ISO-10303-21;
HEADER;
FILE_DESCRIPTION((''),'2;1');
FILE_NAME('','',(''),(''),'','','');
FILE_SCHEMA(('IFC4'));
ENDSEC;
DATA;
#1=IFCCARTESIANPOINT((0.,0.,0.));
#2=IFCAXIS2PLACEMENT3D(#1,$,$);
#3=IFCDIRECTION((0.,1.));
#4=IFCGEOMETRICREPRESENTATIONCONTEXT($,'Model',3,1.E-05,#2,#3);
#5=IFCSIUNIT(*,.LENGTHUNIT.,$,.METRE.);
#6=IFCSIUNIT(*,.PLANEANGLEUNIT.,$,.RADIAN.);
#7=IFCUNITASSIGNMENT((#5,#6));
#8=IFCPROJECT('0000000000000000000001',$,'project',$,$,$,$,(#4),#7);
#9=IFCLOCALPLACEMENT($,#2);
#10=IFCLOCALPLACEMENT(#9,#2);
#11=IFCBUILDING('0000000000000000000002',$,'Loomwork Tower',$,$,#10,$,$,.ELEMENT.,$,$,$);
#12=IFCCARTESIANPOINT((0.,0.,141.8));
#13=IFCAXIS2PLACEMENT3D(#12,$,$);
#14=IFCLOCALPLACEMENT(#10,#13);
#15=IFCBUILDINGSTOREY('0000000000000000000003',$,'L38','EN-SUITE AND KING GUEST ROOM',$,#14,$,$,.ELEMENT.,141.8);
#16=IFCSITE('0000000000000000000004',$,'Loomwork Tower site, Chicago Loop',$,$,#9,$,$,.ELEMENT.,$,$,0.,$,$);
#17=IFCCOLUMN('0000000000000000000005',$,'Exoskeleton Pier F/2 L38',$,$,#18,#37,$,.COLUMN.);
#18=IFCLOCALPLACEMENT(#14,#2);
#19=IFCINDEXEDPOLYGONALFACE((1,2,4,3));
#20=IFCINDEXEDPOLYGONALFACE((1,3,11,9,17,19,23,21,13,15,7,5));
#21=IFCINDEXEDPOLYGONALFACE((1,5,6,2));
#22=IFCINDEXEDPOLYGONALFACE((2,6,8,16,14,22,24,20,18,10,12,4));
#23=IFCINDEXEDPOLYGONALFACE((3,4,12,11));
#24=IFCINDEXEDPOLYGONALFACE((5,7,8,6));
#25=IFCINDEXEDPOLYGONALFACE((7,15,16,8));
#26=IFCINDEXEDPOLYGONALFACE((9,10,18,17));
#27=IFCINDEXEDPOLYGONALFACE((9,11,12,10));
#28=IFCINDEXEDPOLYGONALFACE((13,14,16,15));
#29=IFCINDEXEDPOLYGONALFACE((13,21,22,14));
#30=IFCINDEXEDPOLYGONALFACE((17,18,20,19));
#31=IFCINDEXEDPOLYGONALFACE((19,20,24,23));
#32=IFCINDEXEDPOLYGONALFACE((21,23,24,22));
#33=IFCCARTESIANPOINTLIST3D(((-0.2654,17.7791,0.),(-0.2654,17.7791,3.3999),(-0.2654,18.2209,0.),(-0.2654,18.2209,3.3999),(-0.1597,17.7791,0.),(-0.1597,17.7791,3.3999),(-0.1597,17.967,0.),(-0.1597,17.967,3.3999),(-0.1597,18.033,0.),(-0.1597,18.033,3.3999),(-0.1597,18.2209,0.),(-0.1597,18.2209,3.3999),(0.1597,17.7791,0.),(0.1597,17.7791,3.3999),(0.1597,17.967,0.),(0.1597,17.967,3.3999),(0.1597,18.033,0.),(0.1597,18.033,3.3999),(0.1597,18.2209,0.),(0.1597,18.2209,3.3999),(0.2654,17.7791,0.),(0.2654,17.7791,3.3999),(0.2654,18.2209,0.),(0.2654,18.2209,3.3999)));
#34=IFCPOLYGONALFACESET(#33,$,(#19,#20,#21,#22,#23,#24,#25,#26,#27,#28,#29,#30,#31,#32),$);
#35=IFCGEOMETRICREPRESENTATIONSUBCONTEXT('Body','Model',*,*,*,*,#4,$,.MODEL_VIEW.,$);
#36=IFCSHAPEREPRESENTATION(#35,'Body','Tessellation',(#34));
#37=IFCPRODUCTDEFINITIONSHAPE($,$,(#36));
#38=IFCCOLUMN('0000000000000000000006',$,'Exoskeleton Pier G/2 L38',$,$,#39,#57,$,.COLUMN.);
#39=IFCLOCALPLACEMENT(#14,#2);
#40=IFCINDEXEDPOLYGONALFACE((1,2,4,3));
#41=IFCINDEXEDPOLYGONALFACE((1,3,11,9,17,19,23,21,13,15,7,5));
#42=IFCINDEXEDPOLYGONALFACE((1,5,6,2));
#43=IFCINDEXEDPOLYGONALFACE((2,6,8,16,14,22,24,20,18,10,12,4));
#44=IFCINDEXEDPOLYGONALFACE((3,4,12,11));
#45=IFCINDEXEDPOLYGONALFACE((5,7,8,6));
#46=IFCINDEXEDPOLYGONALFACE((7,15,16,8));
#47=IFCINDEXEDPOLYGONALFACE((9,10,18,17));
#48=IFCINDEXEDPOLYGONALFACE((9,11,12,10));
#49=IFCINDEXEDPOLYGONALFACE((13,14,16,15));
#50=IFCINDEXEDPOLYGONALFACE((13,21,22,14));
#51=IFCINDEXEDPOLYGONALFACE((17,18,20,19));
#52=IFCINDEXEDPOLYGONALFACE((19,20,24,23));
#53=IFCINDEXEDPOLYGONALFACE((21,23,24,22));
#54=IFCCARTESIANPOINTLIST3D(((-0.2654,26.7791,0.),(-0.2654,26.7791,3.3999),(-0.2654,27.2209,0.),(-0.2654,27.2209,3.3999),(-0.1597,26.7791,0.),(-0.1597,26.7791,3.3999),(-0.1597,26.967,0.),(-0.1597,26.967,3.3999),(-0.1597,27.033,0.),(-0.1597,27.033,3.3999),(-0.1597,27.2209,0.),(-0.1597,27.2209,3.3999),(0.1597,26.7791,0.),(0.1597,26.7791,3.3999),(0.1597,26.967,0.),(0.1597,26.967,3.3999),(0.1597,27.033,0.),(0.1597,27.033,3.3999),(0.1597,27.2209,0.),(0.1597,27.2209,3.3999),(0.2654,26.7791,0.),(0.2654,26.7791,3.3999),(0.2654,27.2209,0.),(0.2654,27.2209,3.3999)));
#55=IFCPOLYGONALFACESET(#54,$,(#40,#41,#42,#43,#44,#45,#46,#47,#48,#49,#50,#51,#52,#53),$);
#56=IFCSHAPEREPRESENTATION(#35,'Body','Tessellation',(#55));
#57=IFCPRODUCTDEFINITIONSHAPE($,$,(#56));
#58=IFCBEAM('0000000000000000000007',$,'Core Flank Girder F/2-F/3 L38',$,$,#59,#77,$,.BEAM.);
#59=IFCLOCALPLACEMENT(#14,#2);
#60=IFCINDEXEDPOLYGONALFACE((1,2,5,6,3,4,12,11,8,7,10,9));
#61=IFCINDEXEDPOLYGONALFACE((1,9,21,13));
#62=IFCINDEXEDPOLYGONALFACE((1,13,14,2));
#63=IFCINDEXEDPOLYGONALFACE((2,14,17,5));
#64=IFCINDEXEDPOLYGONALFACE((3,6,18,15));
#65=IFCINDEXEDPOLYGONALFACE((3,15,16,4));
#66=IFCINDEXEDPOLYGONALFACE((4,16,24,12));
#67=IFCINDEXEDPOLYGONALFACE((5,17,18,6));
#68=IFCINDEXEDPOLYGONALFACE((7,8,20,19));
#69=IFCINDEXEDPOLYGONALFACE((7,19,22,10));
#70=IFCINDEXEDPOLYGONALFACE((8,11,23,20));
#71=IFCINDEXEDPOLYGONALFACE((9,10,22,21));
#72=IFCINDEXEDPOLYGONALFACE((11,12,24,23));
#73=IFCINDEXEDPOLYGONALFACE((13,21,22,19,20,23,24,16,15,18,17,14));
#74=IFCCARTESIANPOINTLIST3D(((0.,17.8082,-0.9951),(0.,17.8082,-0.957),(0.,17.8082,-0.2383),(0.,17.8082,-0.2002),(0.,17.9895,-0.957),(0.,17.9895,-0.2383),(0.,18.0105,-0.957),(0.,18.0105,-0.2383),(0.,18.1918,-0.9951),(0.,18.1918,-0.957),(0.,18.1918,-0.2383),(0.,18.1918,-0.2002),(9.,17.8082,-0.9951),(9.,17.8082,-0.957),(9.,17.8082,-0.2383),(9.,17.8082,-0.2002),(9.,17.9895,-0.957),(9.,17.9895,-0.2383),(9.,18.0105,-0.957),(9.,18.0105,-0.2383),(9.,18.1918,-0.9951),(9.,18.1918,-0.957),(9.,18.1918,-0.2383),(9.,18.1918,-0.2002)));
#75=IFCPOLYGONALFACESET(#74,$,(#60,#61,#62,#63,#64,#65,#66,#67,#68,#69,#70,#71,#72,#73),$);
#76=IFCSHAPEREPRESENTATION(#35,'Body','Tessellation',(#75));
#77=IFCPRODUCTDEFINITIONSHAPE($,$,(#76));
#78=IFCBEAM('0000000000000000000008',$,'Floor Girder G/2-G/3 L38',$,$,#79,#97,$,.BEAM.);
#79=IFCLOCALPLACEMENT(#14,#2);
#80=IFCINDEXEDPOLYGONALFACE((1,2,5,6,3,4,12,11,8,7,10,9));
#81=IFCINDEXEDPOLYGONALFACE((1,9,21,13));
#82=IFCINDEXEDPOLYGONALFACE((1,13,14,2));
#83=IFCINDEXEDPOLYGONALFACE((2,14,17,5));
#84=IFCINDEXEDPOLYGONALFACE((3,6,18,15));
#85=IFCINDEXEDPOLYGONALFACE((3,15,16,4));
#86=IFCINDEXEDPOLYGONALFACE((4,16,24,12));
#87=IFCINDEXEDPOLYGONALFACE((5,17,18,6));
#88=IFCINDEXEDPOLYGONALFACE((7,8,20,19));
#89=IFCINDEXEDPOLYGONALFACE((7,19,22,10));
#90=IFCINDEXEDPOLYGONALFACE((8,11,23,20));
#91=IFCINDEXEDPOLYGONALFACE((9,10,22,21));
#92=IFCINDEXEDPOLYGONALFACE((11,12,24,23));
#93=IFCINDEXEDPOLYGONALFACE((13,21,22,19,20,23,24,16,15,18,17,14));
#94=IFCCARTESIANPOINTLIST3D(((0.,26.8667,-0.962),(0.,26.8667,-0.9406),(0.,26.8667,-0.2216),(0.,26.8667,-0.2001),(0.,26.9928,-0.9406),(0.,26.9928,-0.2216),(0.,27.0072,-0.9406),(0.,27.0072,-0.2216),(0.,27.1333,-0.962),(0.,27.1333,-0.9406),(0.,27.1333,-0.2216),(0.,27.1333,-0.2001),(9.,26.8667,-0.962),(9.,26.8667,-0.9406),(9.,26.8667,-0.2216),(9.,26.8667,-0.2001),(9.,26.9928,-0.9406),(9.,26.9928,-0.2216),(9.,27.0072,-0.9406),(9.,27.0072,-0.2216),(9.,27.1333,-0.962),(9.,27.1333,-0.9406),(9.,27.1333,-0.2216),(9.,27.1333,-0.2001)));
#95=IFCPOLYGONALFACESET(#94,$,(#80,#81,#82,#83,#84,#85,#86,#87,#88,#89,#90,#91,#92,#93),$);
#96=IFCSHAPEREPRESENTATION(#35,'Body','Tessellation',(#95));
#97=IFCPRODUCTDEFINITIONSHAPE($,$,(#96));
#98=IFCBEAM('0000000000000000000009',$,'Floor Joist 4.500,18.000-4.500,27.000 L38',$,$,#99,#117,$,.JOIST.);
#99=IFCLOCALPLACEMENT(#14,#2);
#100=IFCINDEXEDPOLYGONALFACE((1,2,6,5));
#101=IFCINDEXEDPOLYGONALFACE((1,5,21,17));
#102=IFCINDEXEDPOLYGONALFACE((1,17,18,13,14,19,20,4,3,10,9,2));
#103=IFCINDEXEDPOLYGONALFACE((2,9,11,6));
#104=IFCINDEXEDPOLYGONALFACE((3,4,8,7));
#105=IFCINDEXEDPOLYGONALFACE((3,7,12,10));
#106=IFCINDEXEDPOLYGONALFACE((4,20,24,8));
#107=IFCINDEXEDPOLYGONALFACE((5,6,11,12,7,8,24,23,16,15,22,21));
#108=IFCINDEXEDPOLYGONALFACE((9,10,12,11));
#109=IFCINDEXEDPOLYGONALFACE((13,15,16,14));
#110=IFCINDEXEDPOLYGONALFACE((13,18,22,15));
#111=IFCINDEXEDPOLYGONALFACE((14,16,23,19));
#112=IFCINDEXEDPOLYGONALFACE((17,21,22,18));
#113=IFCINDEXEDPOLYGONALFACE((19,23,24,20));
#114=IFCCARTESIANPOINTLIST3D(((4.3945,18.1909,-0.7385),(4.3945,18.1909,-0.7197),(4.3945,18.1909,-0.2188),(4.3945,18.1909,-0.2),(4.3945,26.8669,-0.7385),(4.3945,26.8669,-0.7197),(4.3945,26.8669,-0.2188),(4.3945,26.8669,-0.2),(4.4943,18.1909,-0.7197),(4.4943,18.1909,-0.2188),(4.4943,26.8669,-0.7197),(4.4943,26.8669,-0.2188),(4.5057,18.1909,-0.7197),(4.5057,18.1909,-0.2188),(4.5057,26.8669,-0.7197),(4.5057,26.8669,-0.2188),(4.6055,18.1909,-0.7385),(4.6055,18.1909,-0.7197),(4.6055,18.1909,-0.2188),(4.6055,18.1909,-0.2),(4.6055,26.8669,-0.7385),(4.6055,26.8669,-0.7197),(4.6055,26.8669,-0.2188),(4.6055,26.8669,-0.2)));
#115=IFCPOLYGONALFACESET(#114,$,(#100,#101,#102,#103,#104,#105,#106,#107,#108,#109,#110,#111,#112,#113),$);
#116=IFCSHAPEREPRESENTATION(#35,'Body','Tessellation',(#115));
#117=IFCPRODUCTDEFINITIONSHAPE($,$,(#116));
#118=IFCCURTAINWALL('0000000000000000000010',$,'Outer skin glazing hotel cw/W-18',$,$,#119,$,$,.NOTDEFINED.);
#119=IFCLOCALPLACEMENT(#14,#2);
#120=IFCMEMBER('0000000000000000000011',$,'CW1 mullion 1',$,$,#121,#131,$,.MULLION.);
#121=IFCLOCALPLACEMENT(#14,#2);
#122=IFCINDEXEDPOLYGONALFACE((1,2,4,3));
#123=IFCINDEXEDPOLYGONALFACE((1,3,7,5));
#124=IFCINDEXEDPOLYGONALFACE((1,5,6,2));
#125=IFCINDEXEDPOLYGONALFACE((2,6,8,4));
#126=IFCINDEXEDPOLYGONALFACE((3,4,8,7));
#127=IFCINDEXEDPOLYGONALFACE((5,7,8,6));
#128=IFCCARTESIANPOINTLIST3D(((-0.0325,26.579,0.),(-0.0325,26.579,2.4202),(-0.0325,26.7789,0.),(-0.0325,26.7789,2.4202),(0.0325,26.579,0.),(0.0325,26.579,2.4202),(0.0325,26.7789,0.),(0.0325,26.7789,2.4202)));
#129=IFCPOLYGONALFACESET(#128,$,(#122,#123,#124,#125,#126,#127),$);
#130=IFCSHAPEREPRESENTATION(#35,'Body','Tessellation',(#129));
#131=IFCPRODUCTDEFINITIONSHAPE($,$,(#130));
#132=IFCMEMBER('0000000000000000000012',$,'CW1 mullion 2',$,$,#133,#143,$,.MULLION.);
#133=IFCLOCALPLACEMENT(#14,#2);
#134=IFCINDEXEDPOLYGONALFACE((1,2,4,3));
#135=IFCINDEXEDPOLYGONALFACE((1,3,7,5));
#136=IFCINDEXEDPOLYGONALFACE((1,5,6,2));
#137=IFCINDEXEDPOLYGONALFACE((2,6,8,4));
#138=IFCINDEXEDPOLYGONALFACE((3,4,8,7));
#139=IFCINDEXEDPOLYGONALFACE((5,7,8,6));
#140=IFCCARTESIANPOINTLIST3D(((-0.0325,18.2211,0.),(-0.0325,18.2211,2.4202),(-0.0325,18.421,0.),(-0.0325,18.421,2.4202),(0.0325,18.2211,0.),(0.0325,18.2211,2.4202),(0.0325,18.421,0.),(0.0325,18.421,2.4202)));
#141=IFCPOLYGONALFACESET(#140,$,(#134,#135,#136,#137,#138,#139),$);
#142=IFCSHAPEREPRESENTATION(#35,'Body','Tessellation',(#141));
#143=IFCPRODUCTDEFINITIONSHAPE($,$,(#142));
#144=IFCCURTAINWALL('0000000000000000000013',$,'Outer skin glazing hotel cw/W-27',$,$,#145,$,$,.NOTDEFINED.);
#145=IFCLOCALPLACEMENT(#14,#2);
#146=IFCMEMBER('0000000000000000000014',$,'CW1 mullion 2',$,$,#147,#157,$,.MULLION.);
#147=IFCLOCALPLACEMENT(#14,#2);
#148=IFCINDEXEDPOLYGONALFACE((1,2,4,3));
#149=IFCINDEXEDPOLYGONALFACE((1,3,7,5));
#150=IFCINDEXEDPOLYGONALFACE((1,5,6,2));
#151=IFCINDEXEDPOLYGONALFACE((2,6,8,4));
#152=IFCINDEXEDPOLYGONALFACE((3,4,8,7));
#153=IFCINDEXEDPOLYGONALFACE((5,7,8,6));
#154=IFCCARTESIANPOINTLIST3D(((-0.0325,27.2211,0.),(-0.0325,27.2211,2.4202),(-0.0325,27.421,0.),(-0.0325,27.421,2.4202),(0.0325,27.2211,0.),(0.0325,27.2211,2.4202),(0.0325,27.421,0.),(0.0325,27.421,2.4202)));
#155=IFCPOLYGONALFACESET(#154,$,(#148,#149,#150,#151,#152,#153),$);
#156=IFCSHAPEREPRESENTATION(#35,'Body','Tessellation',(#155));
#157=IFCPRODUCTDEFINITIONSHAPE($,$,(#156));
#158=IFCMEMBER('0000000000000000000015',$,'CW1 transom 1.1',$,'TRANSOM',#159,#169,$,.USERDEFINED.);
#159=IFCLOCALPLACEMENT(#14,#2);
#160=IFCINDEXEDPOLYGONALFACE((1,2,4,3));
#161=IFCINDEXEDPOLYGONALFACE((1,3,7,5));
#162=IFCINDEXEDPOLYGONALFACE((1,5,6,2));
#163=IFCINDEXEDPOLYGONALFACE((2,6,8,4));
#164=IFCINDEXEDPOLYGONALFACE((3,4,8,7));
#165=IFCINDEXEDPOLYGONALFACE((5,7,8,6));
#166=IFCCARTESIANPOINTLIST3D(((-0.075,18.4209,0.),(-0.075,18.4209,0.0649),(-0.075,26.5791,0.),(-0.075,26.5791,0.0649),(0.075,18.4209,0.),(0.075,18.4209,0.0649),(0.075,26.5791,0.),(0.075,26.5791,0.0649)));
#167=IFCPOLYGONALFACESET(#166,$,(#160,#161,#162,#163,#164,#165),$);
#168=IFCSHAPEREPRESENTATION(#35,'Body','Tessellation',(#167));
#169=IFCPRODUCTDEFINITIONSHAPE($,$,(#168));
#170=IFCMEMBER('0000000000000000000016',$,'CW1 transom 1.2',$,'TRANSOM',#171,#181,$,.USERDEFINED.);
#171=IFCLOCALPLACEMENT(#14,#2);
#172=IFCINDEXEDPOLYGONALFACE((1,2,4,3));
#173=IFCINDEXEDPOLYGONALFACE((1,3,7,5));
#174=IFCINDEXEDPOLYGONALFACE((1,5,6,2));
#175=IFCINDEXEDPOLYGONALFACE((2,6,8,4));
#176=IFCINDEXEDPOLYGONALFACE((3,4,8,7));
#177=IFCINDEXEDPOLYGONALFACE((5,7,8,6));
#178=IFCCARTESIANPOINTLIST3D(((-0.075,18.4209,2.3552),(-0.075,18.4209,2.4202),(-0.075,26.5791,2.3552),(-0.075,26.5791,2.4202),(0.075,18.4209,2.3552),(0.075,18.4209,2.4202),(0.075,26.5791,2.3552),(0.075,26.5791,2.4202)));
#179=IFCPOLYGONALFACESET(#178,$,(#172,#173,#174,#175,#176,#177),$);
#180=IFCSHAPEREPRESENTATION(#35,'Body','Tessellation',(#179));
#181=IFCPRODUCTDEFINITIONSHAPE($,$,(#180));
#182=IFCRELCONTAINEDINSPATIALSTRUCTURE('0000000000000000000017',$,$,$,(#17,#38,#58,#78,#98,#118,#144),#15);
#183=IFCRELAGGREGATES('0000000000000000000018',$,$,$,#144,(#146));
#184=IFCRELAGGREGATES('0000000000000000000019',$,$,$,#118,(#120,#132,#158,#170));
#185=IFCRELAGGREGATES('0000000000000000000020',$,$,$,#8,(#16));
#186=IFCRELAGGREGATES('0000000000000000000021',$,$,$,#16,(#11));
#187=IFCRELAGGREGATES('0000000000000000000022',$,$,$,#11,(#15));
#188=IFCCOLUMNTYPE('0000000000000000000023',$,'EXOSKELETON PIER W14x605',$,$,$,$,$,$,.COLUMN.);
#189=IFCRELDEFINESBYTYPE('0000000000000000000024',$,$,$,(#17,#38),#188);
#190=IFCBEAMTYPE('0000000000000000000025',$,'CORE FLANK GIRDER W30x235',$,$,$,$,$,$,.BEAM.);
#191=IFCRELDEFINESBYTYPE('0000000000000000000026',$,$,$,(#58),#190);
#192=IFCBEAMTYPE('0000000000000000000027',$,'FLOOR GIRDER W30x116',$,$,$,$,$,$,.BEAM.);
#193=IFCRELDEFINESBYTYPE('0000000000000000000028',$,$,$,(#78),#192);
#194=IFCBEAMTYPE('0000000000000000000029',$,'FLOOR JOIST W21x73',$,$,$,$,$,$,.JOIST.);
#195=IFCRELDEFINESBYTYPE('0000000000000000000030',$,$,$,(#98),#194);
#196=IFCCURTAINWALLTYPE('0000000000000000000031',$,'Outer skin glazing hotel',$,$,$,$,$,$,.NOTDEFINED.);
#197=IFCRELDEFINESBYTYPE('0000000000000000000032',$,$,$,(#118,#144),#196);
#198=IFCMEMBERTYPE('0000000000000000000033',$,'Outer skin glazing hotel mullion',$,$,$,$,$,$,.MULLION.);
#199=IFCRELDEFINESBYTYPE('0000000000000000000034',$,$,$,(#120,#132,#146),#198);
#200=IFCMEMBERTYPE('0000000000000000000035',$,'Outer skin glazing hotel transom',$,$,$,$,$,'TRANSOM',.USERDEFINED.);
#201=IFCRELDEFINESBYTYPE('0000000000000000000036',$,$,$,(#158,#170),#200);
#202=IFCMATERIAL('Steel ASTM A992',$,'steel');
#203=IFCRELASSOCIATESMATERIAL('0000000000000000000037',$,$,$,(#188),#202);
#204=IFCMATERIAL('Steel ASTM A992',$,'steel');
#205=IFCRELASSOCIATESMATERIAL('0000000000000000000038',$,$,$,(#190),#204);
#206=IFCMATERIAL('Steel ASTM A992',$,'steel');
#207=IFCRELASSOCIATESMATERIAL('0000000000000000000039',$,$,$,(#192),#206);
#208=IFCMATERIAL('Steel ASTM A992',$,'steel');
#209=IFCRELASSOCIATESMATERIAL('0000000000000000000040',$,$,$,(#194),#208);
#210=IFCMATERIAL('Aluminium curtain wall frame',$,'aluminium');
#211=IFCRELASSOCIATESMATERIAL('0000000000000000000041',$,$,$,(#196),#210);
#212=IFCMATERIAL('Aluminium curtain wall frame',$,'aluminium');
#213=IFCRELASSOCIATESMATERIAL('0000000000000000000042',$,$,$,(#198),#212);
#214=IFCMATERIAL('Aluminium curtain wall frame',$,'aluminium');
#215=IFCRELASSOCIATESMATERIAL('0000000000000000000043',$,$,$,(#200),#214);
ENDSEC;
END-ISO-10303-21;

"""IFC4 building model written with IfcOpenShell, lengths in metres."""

from ifc_helpers import new_model, si_unit, direction, frame, origin, origin_2d, place, context, subcontext, project, spatial, rectangle, i_section, extrude, material, material_profile, profile_set, type_object, element, aggregate, save


model = new_model("IFC4")

# Units and contexts
model_context = context("Model", 3, precision=1e-05, world=origin(), true_north=direction((0.0, 1.0)))
body_context = subcontext(model_context, "Body", "Model", "MODEL_VIEW")
ifc_project = project(units=[si_unit("LENGTHUNIT", "METRE"), si_unit("PLANEANGLEUNIT", "RADIAN")], contexts=[model_context])

# Site, building, storey
site_placement = place(None, origin())
site = spatial("IfcSite", under=ifc_project, at=site_placement, Name="Loomwork Tower site, Chicago Loop", CompositionType="ELEMENT", RefElevation=0.0)
building_placement = place(site_placement, origin())
building = spatial("IfcBuilding", under=site, at=building_placement, Name="Loomwork Tower", CompositionType="ELEMENT")
storey_placement = place(building_placement, frame((0.0, 0.0, 141.8)))
storey = spatial("IfcBuildingStorey", under=building, at=storey_placement, Name="L38", Description="EN-SUITE AND KING GUEST ROOM", CompositionType="ELEMENT", Elevation=141.8)

# Columns
ifc_material_1 = material(Name="Steel ASTM A992", Category="steel")
ifc_material_profile_1 = material_profile(ifc_material_1, i_section(OverallWidth=0.4419, OverallDepth=0.5308, WebThickness=0.0659, FlangeThickness=0.1057, at=origin_2d()), Name="W14x605")
ifc_profile_set_1 = profile_set([ifc_material_profile_1], Name="Steel ASTM A992")
column_type = type_object("IfcColumnType", Name="EXOSKELETON PIER W14x605", PredefinedType="COLUMN", material=ifc_profile_set_1)
for number, where, z_axis, x_axis, name in (
    (1, (0.0, 18.0, 0.0), (0.0, 0.0, 1.0), (0.0, 1.0, 0.0), "Exoskeleton Pier F/2 L38"),
    (2, (0.0, 27.0, 0.0), (0.0, 0.0, 1.0), (0.0, 1.0, 0.0), "Exoskeleton Pier G/2 L38"),
):
    element("IfcColumn", number, at=place(storey_placement, frame(where, z_axis=z_axis, x_axis=x_axis)), inside=storey, type_object=column_type, Name=name, PredefinedType="COLUMN", context=body_context, shape_type="SweptSolid", body=[
        extrude(i_section(OverallWidth=0.4419, OverallDepth=0.5308, WebThickness=0.0659, FlangeThickness=0.1057, at=origin_2d()), origin(), (0.0, 0.0, 1.0), 3.3999),
    ])

# Beams
ifc_material_2 = material(Name="Steel ASTM A992", Category="steel")
ifc_material_profile_2 = material_profile(ifc_material_2, i_section(OverallWidth=0.3835, OverallDepth=0.7949, WebThickness=0.021, FlangeThickness=0.0381, at=origin_2d()), Name="W30x235")
ifc_profile_set_2 = profile_set([ifc_material_profile_2], Name="Steel ASTM A992")
beam_type_1 = type_object("IfcBeamType", Name="CORE FLANK GIRDER W30x235", PredefinedType="BEAM", material=ifc_profile_set_2)
beam_1_placement = place(storey_placement, frame((0.0, 18.0, -0.5977), z_axis=(1.0, 0.0, 0.0), x_axis=(0.0, 1.0, 0.0)))
element("IfcBeam", 3, at=beam_1_placement, inside=storey, type_object=beam_type_1, Name="Core Flank Girder F/2-F/3 L38", PredefinedType="BEAM", context=body_context, shape_type="SweptSolid", body=[
    extrude(i_section(OverallWidth=0.3835, OverallDepth=0.7949, WebThickness=0.021, FlangeThickness=0.0381, at=origin_2d()), origin(), (0.0, 0.0, 1.0), 9.0),
])
ifc_material_3 = material(Name="Steel ASTM A992", Category="steel")
ifc_material_profile_3 = material_profile(ifc_material_3, i_section(OverallWidth=0.2666, OverallDepth=0.762, WebThickness=0.0144, FlangeThickness=0.0215, at=origin_2d()), Name="W30x116")
ifc_profile_set_3 = profile_set([ifc_material_profile_3], Name="Steel ASTM A992")
beam_type_2 = type_object("IfcBeamType", Name="FLOOR GIRDER W30x116", PredefinedType="BEAM", material=ifc_profile_set_3)
beam_2_placement = place(storey_placement, frame((0.0, 27.0, -0.5811), z_axis=(1.0, 0.0, 0.0), x_axis=(0.0, 1.0, 0.0)))
element("IfcBeam", 4, at=beam_2_placement, inside=storey, type_object=beam_type_2, Name="Floor Girder G/2-G/3 L38", PredefinedType="BEAM", context=body_context, shape_type="SweptSolid", body=[
    extrude(i_section(OverallWidth=0.2666, OverallDepth=0.762, WebThickness=0.0144, FlangeThickness=0.0215, at=origin_2d()), origin(), (0.0, 0.0, 1.0), 9.0),
])
ifc_material_4 = material(Name="Steel ASTM A992", Category="steel")
ifc_material_profile_4 = material_profile(ifc_material_4, i_section(OverallWidth=0.2109, OverallDepth=0.5386, WebThickness=0.0115, FlangeThickness=0.0188, at=origin_2d()), Name="W21x73")
ifc_profile_set_4 = profile_set([ifc_material_profile_4], Name="Steel ASTM A992")
beam_type_3 = type_object("IfcBeamType", Name="FLOOR JOIST W21x73", PredefinedType="JOIST", material=ifc_profile_set_4)
beam_3_placement = place(storey_placement, frame((4.5, 18.1909, -0.4692), z_axis=(0.0, 1.0, 0.0), x_axis=(-1.0, 0.0, 0.0)))
element("IfcBeam", 5, at=beam_3_placement, inside=storey, type_object=beam_type_3, Name="Floor Joist 4.500,18.000-4.500,27.000 L38", PredefinedType="JOIST", context=body_context, shape_type="SweptSolid", body=[
    extrude(i_section(OverallWidth=0.2109, OverallDepth=0.5386, WebThickness=0.0115, FlangeThickness=0.0188, at=origin_2d()), origin(), (0.0, 0.0, 1.0), 8.676),
])

# Curtain wall, members
ifc_material_5 = material(Name="Aluminium curtain wall frame", Category="aluminium")
curtain_wall_type = type_object("IfcCurtainWallType", Name="Outer skin glazing hotel", PredefinedType="NOTDEFINED", material=ifc_material_5)
curtain_wall_1_placement = place(storey_placement, origin())
curtain_wall_1 = element("IfcCurtainWall", 6, at=curtain_wall_1_placement, inside=storey, type_object=curtain_wall_type, Name="Outer skin glazing hotel cw/W-18", PredefinedType="NOTDEFINED")
ifc_material_6 = material(Name="Aluminium curtain wall frame", Category="aluminium")
ifc_material_profile_5 = material_profile(ifc_material_6, rectangle(XDim=0.0649, YDim=0.2, at=origin_2d()), Name="AL 65x200")
ifc_profile_set_5 = profile_set([ifc_material_profile_5], Name="Aluminium curtain wall frame")
member_type_1 = type_object("IfcMemberType", Name="Outer skin glazing hotel mullion", PredefinedType="MULLION", material=ifc_profile_set_5)
member_1_placement = place(storey_placement, frame((0.0, 26.679, 0.0), z_axis=(0.0, 0.0, 1.0), x_axis=(1.0, 0.0, 0.0)))
member_1 = element("IfcMember", 7, at=member_1_placement, type_object=member_type_1, Name="CW1 mullion 1", PredefinedType="MULLION", context=body_context, shape_type="SweptSolid", body=[
    extrude(rectangle(XDim=0.0649, YDim=0.2, at=origin_2d()), origin(), (0.0, 0.0, 1.0), 2.4202),
])
member_2_placement = place(storey_placement, frame((0.0, 18.321, 0.0), z_axis=(0.0, 0.0, 1.0), x_axis=(1.0, 0.0, 0.0)))
member_2 = element("IfcMember", 8, at=member_2_placement, type_object=member_type_1, Name="CW1 mullion 2", PredefinedType="MULLION", context=body_context, shape_type="SweptSolid", body=[
    extrude(rectangle(XDim=0.0649, YDim=0.2, at=origin_2d()), origin(), (0.0, 0.0, 1.0), 2.4202),
])

# Curtain wall, member
curtain_wall_2_placement = place(storey_placement, origin())
curtain_wall_2 = element("IfcCurtainWall", 9, at=curtain_wall_2_placement, inside=storey, type_object=curtain_wall_type, Name="Outer skin glazing hotel cw/W-27", PredefinedType="NOTDEFINED")
member_3_placement = place(storey_placement, frame((0.0, 27.321, 0.0), z_axis=(0.0, 0.0, 1.0), x_axis=(1.0, 0.0, 0.0)))
member_3 = element("IfcMember", 10, at=member_3_placement, type_object=member_type_1, Name="CW1 mullion 2", PredefinedType="MULLION", context=body_context, shape_type="SweptSolid", body=[
    extrude(rectangle(XDim=0.0649, YDim=0.2, at=origin_2d()), origin(), (0.0, 0.0, 1.0), 2.4202),
])
aggregate(curtain_wall_2, [member_3])

# Members
ifc_material_7 = material(Name="Aluminium curtain wall frame", Category="aluminium")
ifc_material_profile_6 = material_profile(ifc_material_7, rectangle(XDim=0.1499, YDim=0.0649, at=origin_2d()), Name="AL 65x150")
ifc_profile_set_6 = profile_set([ifc_material_profile_6], Name="Aluminium curtain wall frame")
member_type_2 = type_object("IfcMemberType", Name="Outer skin glazing hotel transom", ElementType="TRANSOM", PredefinedType="USERDEFINED", material=ifc_profile_set_6)
member_4_placement = place(storey_placement, frame((0.0, 26.5791, 0.0325), z_axis=(0.0, -1.0, 0.0), x_axis=(1.0, 0.0, 0.0)))
member_4 = element("IfcMember", 11, at=member_4_placement, type_object=member_type_2, Name="CW1 transom 1.1", ObjectType="TRANSOM", PredefinedType="USERDEFINED", context=body_context, shape_type="SweptSolid", body=[
    extrude(rectangle(XDim=0.1499, YDim=0.0649, at=origin_2d()), origin(), (0.0, 0.0, 1.0), 8.1582),
])
member_5_placement = place(storey_placement, frame((0.0, 26.5791, 2.3877), z_axis=(0.0, -1.0, 0.0), x_axis=(1.0, 0.0, 0.0)))
member_5 = element("IfcMember", 12, at=member_5_placement, type_object=member_type_2, Name="CW1 transom 1.2", ObjectType="TRANSOM", PredefinedType="USERDEFINED", context=body_context, shape_type="SweptSolid", body=[
    extrude(rectangle(XDim=0.1499, YDim=0.0649, at=origin_2d()), origin(), (0.0, 0.0, 1.0), 8.1582),
])

aggregate(curtain_wall_1, [member_1, member_2, member_4, member_5])

save(model, "model.ifc")
